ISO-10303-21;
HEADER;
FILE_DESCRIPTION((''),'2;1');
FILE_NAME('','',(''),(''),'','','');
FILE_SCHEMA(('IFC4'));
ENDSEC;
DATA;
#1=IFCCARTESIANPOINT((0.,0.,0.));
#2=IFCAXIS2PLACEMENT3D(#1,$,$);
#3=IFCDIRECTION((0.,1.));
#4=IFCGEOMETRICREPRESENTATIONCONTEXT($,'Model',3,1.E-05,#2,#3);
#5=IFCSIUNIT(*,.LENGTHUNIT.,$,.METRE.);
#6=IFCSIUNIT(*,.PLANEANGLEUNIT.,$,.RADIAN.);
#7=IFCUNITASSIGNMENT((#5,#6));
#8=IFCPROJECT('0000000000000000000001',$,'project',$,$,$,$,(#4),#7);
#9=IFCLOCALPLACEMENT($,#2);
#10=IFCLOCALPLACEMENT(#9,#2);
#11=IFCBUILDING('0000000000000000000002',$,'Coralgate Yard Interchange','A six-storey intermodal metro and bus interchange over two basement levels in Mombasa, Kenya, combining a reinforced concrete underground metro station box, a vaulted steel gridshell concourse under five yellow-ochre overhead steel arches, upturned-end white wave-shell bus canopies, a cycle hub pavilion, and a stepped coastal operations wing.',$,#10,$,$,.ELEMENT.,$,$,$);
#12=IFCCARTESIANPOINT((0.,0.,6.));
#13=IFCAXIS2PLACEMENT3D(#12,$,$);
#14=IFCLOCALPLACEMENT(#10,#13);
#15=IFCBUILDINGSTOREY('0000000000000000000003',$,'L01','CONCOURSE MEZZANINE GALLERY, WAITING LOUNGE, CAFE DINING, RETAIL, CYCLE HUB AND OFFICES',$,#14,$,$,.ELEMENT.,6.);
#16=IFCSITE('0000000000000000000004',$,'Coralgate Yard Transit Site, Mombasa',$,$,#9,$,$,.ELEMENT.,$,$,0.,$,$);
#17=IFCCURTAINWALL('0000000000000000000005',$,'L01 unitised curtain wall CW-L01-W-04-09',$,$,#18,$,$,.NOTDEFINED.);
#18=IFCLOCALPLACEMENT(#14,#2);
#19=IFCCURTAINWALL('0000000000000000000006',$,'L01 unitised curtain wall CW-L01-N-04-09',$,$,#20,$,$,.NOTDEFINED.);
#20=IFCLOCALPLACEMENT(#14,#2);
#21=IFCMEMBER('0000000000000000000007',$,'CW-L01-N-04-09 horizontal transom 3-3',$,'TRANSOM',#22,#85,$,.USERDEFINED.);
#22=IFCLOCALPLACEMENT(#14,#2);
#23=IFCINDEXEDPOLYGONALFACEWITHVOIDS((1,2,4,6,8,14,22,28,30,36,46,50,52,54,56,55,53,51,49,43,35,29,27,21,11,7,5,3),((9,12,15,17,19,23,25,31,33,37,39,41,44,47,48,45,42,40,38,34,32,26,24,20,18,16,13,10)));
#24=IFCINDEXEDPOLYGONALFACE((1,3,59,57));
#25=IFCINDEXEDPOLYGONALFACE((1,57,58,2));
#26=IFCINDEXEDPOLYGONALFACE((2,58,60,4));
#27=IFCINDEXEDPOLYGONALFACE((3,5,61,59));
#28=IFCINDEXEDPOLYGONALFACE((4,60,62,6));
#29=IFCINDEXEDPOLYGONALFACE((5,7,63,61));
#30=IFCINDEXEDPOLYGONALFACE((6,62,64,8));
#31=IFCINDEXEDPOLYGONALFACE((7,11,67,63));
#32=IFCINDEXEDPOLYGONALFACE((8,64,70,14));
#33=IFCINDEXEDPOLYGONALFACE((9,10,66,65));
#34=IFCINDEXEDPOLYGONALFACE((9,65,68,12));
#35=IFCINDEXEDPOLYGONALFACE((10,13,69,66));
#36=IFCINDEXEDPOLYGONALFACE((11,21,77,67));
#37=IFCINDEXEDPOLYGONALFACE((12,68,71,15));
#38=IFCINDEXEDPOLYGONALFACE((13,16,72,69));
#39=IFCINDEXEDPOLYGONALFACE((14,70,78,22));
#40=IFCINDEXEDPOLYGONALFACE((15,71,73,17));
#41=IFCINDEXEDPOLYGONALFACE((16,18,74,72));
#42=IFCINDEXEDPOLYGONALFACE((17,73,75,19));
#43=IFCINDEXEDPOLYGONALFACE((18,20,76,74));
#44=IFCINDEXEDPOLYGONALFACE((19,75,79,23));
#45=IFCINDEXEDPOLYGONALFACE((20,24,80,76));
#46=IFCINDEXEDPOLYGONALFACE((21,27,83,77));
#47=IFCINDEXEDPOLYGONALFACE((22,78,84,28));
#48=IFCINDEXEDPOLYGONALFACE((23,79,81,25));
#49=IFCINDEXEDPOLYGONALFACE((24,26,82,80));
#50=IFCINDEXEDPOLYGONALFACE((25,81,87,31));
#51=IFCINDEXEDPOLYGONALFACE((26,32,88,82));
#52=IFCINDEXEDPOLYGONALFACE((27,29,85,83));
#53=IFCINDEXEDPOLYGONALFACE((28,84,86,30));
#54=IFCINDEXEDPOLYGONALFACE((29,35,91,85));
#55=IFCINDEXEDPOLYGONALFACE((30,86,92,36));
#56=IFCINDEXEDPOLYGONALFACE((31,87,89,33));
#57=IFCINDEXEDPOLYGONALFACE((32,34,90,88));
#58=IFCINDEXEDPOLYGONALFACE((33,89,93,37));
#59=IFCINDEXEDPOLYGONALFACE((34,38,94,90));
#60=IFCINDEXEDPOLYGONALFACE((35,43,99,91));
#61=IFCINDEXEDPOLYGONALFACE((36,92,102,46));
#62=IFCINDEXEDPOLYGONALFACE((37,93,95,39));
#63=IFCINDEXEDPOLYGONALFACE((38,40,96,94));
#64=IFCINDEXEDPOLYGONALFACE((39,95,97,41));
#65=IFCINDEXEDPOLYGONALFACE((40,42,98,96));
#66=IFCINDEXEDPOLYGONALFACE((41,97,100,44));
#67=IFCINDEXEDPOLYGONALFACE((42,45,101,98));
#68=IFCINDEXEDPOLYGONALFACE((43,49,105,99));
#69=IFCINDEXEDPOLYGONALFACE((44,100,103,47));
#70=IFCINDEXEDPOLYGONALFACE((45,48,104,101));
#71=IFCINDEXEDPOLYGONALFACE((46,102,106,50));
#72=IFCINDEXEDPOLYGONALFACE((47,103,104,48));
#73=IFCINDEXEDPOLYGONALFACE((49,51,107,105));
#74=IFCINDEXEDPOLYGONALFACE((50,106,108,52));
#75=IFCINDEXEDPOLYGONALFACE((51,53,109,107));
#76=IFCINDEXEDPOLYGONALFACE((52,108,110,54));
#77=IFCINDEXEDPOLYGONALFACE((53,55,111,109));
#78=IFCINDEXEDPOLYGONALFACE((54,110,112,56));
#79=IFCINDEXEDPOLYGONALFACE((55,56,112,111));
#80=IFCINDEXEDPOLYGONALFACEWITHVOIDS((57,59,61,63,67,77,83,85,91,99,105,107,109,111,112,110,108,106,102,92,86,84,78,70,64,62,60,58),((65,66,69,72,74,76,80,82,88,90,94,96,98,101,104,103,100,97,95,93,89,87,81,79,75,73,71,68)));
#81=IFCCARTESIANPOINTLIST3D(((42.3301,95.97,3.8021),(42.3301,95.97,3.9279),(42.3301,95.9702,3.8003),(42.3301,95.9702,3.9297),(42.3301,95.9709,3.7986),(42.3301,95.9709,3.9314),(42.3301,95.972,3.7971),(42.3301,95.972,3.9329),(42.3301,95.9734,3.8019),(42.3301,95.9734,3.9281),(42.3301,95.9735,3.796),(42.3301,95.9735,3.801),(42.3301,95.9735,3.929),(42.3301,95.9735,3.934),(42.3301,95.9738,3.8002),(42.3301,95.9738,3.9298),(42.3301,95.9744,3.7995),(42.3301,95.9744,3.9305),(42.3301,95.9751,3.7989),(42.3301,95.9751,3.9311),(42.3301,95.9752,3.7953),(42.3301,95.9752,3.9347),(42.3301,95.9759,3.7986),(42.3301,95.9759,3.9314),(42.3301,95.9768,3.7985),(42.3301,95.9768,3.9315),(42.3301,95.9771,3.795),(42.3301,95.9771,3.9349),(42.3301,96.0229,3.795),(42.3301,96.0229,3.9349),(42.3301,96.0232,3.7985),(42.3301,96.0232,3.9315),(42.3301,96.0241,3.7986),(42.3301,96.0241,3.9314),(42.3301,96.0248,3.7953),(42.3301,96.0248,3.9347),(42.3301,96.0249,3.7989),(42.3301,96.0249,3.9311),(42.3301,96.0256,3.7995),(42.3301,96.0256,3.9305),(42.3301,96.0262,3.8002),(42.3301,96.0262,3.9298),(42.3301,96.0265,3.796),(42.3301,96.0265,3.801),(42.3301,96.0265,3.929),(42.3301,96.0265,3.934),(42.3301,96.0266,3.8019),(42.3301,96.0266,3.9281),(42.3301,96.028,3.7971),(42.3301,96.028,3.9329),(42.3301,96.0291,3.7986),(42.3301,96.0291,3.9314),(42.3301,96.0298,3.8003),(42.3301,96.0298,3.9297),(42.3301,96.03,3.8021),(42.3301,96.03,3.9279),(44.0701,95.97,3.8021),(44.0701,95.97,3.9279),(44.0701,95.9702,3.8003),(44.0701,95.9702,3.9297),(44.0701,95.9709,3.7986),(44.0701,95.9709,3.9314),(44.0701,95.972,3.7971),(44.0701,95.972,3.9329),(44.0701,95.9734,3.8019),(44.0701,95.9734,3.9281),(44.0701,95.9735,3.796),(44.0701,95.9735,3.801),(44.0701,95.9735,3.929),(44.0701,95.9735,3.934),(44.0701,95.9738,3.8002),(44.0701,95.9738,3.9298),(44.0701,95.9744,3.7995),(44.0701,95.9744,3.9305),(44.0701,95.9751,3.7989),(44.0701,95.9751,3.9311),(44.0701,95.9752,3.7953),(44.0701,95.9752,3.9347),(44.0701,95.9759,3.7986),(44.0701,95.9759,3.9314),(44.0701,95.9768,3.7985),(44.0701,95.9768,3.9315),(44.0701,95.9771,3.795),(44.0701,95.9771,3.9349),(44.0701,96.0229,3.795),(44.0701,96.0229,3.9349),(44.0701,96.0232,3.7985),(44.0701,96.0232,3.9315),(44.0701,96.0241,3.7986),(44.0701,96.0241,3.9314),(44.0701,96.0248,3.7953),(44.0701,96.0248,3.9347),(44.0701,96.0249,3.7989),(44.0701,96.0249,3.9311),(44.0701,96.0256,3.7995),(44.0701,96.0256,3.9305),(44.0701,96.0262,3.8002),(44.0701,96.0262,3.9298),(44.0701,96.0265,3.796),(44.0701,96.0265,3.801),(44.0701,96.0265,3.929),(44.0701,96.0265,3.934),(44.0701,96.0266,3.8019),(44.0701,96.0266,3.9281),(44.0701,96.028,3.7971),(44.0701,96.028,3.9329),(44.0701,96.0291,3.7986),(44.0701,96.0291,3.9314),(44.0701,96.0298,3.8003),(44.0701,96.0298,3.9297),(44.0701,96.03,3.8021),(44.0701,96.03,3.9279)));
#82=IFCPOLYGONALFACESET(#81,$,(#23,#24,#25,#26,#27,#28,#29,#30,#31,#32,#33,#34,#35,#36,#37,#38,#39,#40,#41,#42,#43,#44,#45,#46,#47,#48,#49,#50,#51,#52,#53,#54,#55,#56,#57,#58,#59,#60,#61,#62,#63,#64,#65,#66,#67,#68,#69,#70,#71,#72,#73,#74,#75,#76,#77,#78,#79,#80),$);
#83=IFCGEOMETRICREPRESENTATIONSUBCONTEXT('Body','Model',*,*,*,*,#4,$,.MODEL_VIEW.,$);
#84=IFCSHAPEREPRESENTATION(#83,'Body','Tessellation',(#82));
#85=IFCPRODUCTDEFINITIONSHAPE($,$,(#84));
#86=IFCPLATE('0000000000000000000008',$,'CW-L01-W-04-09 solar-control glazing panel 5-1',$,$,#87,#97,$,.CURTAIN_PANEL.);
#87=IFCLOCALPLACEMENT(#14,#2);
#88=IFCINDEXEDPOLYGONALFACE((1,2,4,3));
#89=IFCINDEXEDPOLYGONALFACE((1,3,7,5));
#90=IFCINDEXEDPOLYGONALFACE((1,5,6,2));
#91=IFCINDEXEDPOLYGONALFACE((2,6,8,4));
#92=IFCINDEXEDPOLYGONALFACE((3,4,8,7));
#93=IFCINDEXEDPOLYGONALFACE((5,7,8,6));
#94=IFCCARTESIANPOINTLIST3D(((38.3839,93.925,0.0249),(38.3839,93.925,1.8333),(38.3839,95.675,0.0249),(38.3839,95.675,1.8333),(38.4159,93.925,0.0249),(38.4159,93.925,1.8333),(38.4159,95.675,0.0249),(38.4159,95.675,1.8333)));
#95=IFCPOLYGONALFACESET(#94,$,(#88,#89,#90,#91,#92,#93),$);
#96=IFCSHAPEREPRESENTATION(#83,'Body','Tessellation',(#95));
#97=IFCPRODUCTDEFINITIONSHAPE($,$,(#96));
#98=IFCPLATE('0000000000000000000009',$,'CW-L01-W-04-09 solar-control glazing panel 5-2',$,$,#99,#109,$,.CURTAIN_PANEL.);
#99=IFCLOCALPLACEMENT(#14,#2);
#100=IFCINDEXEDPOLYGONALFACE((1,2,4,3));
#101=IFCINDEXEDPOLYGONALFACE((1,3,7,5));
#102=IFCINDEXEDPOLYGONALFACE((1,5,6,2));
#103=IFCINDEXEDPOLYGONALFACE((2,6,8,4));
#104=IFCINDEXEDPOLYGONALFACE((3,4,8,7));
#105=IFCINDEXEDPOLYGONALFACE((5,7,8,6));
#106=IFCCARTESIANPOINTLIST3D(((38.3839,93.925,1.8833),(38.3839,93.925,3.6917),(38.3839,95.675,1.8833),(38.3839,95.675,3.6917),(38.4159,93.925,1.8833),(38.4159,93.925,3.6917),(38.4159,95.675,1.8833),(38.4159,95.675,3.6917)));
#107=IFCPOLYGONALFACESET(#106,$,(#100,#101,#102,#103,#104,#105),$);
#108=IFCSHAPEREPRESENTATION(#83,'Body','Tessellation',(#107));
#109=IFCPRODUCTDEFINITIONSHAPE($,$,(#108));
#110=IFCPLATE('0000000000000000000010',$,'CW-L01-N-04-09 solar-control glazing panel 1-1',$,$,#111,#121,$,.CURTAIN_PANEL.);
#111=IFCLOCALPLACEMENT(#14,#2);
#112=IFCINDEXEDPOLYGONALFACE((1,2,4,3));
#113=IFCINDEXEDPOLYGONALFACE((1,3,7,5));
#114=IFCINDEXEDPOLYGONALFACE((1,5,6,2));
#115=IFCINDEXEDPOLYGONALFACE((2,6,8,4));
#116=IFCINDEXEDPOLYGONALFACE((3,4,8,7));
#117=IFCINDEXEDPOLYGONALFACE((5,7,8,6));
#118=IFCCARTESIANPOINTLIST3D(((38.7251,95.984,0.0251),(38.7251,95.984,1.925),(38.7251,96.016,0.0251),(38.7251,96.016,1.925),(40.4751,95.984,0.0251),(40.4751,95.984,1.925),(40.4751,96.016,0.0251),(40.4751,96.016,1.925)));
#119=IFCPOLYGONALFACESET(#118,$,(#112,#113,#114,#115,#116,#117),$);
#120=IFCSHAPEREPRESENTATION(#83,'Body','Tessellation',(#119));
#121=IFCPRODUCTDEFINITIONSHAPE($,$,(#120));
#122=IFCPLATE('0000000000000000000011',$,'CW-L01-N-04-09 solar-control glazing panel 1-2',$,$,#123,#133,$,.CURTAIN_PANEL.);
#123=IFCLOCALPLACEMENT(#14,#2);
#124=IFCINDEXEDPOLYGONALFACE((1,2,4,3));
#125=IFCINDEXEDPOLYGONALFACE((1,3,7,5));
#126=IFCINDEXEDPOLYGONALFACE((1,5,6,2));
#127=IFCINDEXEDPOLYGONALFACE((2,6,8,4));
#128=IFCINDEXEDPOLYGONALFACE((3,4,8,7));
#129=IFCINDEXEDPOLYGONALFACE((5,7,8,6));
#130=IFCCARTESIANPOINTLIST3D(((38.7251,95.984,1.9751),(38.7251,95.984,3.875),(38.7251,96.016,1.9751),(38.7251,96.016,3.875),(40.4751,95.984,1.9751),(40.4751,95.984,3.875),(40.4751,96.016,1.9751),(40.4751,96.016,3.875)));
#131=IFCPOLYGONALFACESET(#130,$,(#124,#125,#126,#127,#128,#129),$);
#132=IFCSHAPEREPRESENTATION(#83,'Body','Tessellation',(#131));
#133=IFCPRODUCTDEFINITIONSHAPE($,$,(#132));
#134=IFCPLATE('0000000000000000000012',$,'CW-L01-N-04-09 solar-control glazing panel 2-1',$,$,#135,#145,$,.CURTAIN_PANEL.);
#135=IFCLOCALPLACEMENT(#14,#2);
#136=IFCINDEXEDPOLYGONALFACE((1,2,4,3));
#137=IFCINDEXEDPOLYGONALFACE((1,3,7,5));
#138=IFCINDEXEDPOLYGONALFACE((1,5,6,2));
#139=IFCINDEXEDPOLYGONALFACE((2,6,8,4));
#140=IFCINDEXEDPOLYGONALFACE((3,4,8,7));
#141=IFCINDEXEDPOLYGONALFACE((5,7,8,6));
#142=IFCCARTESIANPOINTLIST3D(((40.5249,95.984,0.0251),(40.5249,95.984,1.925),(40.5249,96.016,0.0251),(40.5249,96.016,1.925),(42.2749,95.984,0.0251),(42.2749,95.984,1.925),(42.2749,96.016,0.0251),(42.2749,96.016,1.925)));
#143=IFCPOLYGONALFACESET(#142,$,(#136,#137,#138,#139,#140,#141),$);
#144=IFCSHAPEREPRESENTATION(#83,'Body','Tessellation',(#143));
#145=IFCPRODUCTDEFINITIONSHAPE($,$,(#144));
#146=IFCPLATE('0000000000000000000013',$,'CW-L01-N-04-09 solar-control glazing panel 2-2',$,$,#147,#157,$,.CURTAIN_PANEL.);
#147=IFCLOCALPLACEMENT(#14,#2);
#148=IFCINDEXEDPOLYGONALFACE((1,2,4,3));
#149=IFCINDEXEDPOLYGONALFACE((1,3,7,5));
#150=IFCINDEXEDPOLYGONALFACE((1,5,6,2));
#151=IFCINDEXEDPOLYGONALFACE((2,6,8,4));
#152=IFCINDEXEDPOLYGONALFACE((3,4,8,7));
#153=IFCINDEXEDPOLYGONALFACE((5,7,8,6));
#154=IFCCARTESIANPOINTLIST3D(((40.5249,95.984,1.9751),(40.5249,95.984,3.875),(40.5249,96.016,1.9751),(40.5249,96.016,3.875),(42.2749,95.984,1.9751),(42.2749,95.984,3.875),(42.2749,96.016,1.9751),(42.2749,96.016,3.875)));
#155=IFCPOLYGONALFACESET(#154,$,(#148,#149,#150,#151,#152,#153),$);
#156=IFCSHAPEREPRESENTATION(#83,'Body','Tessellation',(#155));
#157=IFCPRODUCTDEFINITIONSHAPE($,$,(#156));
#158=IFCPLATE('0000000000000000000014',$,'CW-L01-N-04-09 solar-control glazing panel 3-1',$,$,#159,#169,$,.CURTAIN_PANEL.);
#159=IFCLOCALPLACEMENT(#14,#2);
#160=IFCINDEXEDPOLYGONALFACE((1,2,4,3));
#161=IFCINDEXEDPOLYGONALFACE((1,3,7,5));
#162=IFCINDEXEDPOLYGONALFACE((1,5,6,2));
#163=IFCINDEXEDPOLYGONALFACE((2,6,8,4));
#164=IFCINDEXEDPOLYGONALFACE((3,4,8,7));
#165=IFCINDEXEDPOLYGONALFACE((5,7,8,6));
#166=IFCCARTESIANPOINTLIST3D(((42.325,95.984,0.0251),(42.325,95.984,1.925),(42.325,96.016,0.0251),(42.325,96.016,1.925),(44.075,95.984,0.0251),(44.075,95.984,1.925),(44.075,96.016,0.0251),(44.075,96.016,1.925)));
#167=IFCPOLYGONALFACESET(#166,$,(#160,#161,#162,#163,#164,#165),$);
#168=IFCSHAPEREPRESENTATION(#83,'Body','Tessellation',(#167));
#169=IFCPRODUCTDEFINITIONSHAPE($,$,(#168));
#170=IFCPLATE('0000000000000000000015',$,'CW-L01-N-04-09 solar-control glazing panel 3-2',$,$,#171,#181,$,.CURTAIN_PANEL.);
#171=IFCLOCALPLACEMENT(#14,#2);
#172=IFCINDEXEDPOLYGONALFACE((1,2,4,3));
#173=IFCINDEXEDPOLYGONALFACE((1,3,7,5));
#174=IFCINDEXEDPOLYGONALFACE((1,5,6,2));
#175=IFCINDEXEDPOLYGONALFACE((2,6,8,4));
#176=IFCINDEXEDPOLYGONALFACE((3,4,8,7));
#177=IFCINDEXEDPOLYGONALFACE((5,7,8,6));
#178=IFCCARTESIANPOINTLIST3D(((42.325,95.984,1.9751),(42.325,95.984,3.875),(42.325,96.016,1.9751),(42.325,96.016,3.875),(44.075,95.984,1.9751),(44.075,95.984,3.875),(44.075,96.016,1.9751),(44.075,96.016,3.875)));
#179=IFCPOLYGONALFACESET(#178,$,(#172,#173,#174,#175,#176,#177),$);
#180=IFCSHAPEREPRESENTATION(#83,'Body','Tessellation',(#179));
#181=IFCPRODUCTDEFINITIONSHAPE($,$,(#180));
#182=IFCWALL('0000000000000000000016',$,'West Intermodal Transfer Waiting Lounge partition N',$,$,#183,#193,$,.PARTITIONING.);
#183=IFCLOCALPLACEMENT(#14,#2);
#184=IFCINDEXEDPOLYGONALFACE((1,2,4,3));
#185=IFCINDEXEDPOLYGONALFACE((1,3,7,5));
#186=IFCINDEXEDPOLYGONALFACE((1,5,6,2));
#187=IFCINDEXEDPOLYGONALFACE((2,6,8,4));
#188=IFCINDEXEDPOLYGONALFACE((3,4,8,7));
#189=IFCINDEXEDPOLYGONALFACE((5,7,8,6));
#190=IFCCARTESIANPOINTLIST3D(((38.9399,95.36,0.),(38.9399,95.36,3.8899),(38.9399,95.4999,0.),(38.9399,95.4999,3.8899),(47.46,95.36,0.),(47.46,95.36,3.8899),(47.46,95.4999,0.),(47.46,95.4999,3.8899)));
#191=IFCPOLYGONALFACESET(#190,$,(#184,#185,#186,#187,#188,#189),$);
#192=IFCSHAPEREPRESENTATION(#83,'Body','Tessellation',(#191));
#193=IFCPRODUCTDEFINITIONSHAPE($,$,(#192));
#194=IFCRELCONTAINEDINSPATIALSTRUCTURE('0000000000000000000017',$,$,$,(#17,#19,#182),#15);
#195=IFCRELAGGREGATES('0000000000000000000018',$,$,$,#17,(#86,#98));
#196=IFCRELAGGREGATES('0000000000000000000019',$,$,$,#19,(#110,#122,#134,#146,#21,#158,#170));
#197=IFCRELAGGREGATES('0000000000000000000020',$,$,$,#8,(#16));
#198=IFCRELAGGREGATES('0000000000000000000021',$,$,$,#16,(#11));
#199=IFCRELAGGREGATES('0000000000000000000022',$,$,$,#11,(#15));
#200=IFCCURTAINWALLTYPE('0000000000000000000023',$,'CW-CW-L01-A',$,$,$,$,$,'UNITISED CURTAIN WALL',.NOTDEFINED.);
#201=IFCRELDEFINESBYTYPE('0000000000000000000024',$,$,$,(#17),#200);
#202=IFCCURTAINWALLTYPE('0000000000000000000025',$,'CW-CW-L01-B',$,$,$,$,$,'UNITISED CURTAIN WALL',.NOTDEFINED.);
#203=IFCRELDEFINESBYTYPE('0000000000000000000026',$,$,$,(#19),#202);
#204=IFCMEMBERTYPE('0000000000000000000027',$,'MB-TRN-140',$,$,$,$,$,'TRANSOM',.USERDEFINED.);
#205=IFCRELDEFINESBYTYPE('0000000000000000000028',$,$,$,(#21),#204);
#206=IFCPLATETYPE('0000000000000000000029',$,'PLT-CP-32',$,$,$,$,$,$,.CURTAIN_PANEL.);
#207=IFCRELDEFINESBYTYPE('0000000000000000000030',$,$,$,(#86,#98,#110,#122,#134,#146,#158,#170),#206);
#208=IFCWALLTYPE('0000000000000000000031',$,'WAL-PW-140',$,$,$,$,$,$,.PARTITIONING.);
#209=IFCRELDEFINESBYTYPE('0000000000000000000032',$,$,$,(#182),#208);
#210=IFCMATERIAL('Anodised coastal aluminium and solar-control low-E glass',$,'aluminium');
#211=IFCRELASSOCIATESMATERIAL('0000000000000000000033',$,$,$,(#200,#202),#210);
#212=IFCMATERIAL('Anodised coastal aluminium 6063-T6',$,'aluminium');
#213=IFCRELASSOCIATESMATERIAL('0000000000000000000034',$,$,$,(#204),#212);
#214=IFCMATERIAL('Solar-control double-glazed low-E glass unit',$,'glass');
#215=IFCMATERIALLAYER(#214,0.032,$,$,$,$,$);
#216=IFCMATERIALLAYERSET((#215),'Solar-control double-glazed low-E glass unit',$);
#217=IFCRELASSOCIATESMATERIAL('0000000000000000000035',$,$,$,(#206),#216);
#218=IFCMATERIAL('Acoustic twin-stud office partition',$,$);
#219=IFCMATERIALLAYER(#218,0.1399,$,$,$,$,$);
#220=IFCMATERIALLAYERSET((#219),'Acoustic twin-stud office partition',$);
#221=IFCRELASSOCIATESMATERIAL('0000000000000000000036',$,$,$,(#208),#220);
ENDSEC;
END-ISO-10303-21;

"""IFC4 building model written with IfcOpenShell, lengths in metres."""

from ifc_helpers import new_model, si_unit, direction, frame, frame_2d, origin, origin_2d, place, context, subcontext, project, spatial, rectangle, hollow_rectangle, extrude, material, layer, layer_set, material_profile, profile_set, type_object, element, aggregate, save


model = new_model("IFC4")

# Units and contexts
model_context = context("Model", 3, precision=1e-05, world=origin(), true_north=direction((0.0, 1.0)))
body_context = subcontext(model_context, "Body", "Model", "MODEL_VIEW")
ifc_project = project(units=[si_unit("LENGTHUNIT", "METRE"), si_unit("PLANEANGLEUNIT", "RADIAN")], contexts=[model_context])

# Site, building, storey
site_placement = place(None, origin())
site = spatial("IfcSite", under=ifc_project, at=site_placement, Name="Coralgate Yard Transit Site, Mombasa", CompositionType="ELEMENT", RefElevation=0.0)
building_placement = place(site_placement, origin())
building = spatial("IfcBuilding", under=site, at=building_placement, Name="Coralgate Yard Interchange", Description="A six-storey intermodal metro and bus interchange over two basement levels in Mombasa, Kenya, combining a reinforced concrete underground metro station box, a vaulted steel gridshell concourse under five yellow-ochre overhead steel arches, upturned-end white wave-shell bus canopies, a cycle hub pavilion, and a stepped coastal operations wing.", CompositionType="ELEMENT")
storey_placement = place(building_placement, frame((0.0, 0.0, 6.0)))
storey = spatial("IfcBuildingStorey", under=building, at=storey_placement, Name="L01", Description="CONCOURSE MEZZANINE GALLERY, WAITING LOUNGE, CAFE DINING, RETAIL, CYCLE HUB AND OFFICES", CompositionType="ELEMENT", Elevation=6.0)

# Curtain wall
ifc_material_1 = material(Name="Anodised coastal aluminium and solar-control low-E glass", Category="aluminium")
curtain_wall_type_1 = type_object("IfcCurtainWallType", Name="CW-CW-L01-A", ElementType="UNITISED CURTAIN WALL", PredefinedType="NOTDEFINED", material=ifc_material_1)
curtain_wall_1_placement = place(storey_placement, origin())
curtain_wall_1 = element("IfcCurtainWall", 1, at=curtain_wall_1_placement, inside=storey, type_object=curtain_wall_type_1, Name="L01 unitised curtain wall CW-L01-W-04-09", PredefinedType="NOTDEFINED")
ifc_material_2 = material(Name="Anodised coastal aluminium 6063-T6", Category="aluminium")

# Curtain wall
curtain_wall_type_2 = type_object("IfcCurtainWallType", Name="CW-CW-L01-B", ElementType="UNITISED CURTAIN WALL", PredefinedType="NOTDEFINED", material=ifc_material_1)
curtain_wall_2_placement = place(storey_placement, origin())
curtain_wall_2 = element("IfcCurtainWall", 2, at=curtain_wall_2_placement, inside=storey, type_object=curtain_wall_type_2, Name="L01 unitised curtain wall CW-L01-N-04-09", PredefinedType="NOTDEFINED")

# Member
ifc_material_profile_1 = material_profile(ifc_material_2, hollow_rectangle(XDim=0.0601, YDim=0.1399, WallThickness=0.0034, InnerFilletRadius=0.0034, OuterFilletRadius=0.0071, at=origin_2d()), Name="ALU 60x140x3.5")
ifc_profile_set_1 = profile_set([ifc_material_profile_1], Name="Anodised coastal aluminium 6063-T6")
member_type_1 = type_object("IfcMemberType", Name="MB-TRN-140", ElementType="TRANSOM", PredefinedType="USERDEFINED", material=ifc_profile_set_1)
member_1_placement = place(storey_placement, frame((42.3301, 96.0, 3.865), z_axis=(1.0, 0.0, 0.0), x_axis=(0.0, 1.0, 0.0)))
member_1 = element("IfcMember", 3, at=member_1_placement, type_object=member_type_1, Name="CW-L01-N-04-09 horizontal transom 3-3", ObjectType="TRANSOM", PredefinedType="USERDEFINED", context=body_context, shape_type="SweptSolid", body=[
    extrude(hollow_rectangle(XDim=0.0601, YDim=0.1399, WallThickness=0.0034, InnerFilletRadius=0.0034, OuterFilletRadius=0.0071, at=origin_2d()), origin(), (0.0, 0.0, 1.0), 1.74),
])

# Plates
ifc_material_3 = material(Name="Solar-control double-glazed low-E glass unit", Category="glass")
ifc_layer_1 = layer(ifc_material_3, 0.032)
ifc_layer_set_1 = layer_set([ifc_layer_1], Name="Solar-control double-glazed low-E glass unit")
plate_type = type_object("IfcPlateType", Name="PLT-CP-32", PredefinedType="CURTAIN_PANEL", material=ifc_layer_set_1)
plate_1_placement = place(storey_placement, frame((38.3999, 94.8, 0.0249), z_axis=(0.0, 0.0, 1.0), x_axis=(0.0, 1.0, 0.0)))
plate_1 = element("IfcPlate", 4, at=plate_1_placement, type_object=plate_type, Name="CW-L01-W-04-09 solar-control glazing panel 5-1", PredefinedType="CURTAIN_PANEL", context=body_context, shape_type="SweptSolid", body=[
    extrude(rectangle(XDim=1.75, YDim=0.032, at=origin_2d()), origin(), (0.0, 0.0, 1.0), 1.8083),
])
plate_2_placement = place(storey_placement, frame((38.3999, 94.8, 1.8833), z_axis=(0.0, 0.0, 1.0), x_axis=(0.0, 1.0, 0.0)))
plate_2 = element("IfcPlate", 5, at=plate_2_placement, type_object=plate_type, Name="CW-L01-W-04-09 solar-control glazing panel 5-2", PredefinedType="CURTAIN_PANEL", context=body_context, shape_type="SweptSolid", body=[
    extrude(rectangle(XDim=1.75, YDim=0.032, at=origin_2d()), origin(), (0.0, 0.0, 1.0), 1.8083),
])
aggregate(curtain_wall_1, [plate_1, plate_2])
plate_3_placement = place(storey_placement, frame((39.6001, 96.0, 0.0251), z_axis=(0.0, 0.0, 1.0), x_axis=(1.0, 0.0, 0.0)))
plate_3 = element("IfcPlate", 6, at=plate_3_placement, type_object=plate_type, Name="CW-L01-N-04-09 solar-control glazing panel 1-1", PredefinedType="CURTAIN_PANEL", context=body_context, shape_type="SweptSolid", body=[
    extrude(rectangle(XDim=1.75, YDim=0.032, at=origin_2d()), origin(), (0.0, 0.0, 1.0), 1.8999),
])
plate_4_placement = place(storey_placement, frame((39.6001, 96.0, 1.9751), z_axis=(0.0, 0.0, 1.0), x_axis=(1.0, 0.0, 0.0)))
plate_4 = element("IfcPlate", 7, at=plate_4_placement, type_object=plate_type, Name="CW-L01-N-04-09 solar-control glazing panel 1-2", PredefinedType="CURTAIN_PANEL", context=body_context, shape_type="SweptSolid", body=[
    extrude(rectangle(XDim=1.75, YDim=0.032, at=origin_2d()), origin(), (0.0, 0.0, 1.0), 1.8999),
])
plate_5_placement = place(storey_placement, frame((41.3999, 96.0, 0.0251), z_axis=(0.0, 0.0, 1.0), x_axis=(1.0, 0.0, 0.0)))
plate_5 = element("IfcPlate", 8, at=plate_5_placement, type_object=plate_type, Name="CW-L01-N-04-09 solar-control glazing panel 2-1", PredefinedType="CURTAIN_PANEL", context=body_context, shape_type="SweptSolid", body=[
    extrude(rectangle(XDim=1.75, YDim=0.032, at=origin_2d()), origin(), (0.0, 0.0, 1.0), 1.8999),
])
plate_6_placement = place(storey_placement, frame((41.3999, 96.0, 1.9751), z_axis=(0.0, 0.0, 1.0), x_axis=(1.0, 0.0, 0.0)))
plate_6 = element("IfcPlate", 9, at=plate_6_placement, type_object=plate_type, Name="CW-L01-N-04-09 solar-control glazing panel 2-2", PredefinedType="CURTAIN_PANEL", context=body_context, shape_type="SweptSolid", body=[
    extrude(rectangle(XDim=1.75, YDim=0.032, at=origin_2d()), origin(), (0.0, 0.0, 1.0), 1.8999),
])
plate_7_placement = place(storey_placement, frame((43.2, 96.0, 0.0251), z_axis=(0.0, 0.0, 1.0), x_axis=(1.0, 0.0, 0.0)))
plate_7 = element("IfcPlate", 10, at=plate_7_placement, type_object=plate_type, Name="CW-L01-N-04-09 solar-control glazing panel 3-1", PredefinedType="CURTAIN_PANEL", context=body_context, shape_type="SweptSolid", body=[
    extrude(rectangle(XDim=1.75, YDim=0.032, at=origin_2d()), origin(), (0.0, 0.0, 1.0), 1.8999),
])
plate_8_placement = place(storey_placement, frame((43.2, 96.0, 1.9751), z_axis=(0.0, 0.0, 1.0), x_axis=(1.0, 0.0, 0.0)))
plate_8 = element("IfcPlate", 11, at=plate_8_placement, type_object=plate_type, Name="CW-L01-N-04-09 solar-control glazing panel 3-2", PredefinedType="CURTAIN_PANEL", context=body_context, shape_type="SweptSolid", body=[
    extrude(rectangle(XDim=1.75, YDim=0.032, at=origin_2d()), origin(), (0.0, 0.0, 1.0), 1.8999),
])
aggregate(curtain_wall_2, [plate_3, plate_4, plate_5, plate_6, member_1, plate_7, plate_8])

# Wall
ifc_material_4 = material(Name="Acoustic twin-stud office partition")
ifc_layer_2 = layer(ifc_material_4, 0.1399)
ifc_layer_set_2 = layer_set([ifc_layer_2], Name="Acoustic twin-stud office partition")
wall_type = type_object("IfcWallType", Name="WAL-PW-140", PredefinedType="PARTITIONING", material=ifc_layer_set_2)
wall_1_placement = place(storey_placement, frame((38.9399, 95.4299, 0.0), z_axis=(0.0, 0.0, 1.0), x_axis=(1.0, 0.0, 0.0)))
element("IfcWall", 12, at=wall_1_placement, inside=storey, type_object=wall_type, Name="West Intermodal Transfer Waiting Lounge partition N", PredefinedType="PARTITIONING", context=body_context, shape_type="SweptSolid", body=[
    extrude(rectangle(XDim=8.52, YDim=0.1399, at=frame_2d((4.26, 0.0))), origin(), (0.0, 0.0, 1.0), 3.8899),
])

save(model, "model.ifc")
